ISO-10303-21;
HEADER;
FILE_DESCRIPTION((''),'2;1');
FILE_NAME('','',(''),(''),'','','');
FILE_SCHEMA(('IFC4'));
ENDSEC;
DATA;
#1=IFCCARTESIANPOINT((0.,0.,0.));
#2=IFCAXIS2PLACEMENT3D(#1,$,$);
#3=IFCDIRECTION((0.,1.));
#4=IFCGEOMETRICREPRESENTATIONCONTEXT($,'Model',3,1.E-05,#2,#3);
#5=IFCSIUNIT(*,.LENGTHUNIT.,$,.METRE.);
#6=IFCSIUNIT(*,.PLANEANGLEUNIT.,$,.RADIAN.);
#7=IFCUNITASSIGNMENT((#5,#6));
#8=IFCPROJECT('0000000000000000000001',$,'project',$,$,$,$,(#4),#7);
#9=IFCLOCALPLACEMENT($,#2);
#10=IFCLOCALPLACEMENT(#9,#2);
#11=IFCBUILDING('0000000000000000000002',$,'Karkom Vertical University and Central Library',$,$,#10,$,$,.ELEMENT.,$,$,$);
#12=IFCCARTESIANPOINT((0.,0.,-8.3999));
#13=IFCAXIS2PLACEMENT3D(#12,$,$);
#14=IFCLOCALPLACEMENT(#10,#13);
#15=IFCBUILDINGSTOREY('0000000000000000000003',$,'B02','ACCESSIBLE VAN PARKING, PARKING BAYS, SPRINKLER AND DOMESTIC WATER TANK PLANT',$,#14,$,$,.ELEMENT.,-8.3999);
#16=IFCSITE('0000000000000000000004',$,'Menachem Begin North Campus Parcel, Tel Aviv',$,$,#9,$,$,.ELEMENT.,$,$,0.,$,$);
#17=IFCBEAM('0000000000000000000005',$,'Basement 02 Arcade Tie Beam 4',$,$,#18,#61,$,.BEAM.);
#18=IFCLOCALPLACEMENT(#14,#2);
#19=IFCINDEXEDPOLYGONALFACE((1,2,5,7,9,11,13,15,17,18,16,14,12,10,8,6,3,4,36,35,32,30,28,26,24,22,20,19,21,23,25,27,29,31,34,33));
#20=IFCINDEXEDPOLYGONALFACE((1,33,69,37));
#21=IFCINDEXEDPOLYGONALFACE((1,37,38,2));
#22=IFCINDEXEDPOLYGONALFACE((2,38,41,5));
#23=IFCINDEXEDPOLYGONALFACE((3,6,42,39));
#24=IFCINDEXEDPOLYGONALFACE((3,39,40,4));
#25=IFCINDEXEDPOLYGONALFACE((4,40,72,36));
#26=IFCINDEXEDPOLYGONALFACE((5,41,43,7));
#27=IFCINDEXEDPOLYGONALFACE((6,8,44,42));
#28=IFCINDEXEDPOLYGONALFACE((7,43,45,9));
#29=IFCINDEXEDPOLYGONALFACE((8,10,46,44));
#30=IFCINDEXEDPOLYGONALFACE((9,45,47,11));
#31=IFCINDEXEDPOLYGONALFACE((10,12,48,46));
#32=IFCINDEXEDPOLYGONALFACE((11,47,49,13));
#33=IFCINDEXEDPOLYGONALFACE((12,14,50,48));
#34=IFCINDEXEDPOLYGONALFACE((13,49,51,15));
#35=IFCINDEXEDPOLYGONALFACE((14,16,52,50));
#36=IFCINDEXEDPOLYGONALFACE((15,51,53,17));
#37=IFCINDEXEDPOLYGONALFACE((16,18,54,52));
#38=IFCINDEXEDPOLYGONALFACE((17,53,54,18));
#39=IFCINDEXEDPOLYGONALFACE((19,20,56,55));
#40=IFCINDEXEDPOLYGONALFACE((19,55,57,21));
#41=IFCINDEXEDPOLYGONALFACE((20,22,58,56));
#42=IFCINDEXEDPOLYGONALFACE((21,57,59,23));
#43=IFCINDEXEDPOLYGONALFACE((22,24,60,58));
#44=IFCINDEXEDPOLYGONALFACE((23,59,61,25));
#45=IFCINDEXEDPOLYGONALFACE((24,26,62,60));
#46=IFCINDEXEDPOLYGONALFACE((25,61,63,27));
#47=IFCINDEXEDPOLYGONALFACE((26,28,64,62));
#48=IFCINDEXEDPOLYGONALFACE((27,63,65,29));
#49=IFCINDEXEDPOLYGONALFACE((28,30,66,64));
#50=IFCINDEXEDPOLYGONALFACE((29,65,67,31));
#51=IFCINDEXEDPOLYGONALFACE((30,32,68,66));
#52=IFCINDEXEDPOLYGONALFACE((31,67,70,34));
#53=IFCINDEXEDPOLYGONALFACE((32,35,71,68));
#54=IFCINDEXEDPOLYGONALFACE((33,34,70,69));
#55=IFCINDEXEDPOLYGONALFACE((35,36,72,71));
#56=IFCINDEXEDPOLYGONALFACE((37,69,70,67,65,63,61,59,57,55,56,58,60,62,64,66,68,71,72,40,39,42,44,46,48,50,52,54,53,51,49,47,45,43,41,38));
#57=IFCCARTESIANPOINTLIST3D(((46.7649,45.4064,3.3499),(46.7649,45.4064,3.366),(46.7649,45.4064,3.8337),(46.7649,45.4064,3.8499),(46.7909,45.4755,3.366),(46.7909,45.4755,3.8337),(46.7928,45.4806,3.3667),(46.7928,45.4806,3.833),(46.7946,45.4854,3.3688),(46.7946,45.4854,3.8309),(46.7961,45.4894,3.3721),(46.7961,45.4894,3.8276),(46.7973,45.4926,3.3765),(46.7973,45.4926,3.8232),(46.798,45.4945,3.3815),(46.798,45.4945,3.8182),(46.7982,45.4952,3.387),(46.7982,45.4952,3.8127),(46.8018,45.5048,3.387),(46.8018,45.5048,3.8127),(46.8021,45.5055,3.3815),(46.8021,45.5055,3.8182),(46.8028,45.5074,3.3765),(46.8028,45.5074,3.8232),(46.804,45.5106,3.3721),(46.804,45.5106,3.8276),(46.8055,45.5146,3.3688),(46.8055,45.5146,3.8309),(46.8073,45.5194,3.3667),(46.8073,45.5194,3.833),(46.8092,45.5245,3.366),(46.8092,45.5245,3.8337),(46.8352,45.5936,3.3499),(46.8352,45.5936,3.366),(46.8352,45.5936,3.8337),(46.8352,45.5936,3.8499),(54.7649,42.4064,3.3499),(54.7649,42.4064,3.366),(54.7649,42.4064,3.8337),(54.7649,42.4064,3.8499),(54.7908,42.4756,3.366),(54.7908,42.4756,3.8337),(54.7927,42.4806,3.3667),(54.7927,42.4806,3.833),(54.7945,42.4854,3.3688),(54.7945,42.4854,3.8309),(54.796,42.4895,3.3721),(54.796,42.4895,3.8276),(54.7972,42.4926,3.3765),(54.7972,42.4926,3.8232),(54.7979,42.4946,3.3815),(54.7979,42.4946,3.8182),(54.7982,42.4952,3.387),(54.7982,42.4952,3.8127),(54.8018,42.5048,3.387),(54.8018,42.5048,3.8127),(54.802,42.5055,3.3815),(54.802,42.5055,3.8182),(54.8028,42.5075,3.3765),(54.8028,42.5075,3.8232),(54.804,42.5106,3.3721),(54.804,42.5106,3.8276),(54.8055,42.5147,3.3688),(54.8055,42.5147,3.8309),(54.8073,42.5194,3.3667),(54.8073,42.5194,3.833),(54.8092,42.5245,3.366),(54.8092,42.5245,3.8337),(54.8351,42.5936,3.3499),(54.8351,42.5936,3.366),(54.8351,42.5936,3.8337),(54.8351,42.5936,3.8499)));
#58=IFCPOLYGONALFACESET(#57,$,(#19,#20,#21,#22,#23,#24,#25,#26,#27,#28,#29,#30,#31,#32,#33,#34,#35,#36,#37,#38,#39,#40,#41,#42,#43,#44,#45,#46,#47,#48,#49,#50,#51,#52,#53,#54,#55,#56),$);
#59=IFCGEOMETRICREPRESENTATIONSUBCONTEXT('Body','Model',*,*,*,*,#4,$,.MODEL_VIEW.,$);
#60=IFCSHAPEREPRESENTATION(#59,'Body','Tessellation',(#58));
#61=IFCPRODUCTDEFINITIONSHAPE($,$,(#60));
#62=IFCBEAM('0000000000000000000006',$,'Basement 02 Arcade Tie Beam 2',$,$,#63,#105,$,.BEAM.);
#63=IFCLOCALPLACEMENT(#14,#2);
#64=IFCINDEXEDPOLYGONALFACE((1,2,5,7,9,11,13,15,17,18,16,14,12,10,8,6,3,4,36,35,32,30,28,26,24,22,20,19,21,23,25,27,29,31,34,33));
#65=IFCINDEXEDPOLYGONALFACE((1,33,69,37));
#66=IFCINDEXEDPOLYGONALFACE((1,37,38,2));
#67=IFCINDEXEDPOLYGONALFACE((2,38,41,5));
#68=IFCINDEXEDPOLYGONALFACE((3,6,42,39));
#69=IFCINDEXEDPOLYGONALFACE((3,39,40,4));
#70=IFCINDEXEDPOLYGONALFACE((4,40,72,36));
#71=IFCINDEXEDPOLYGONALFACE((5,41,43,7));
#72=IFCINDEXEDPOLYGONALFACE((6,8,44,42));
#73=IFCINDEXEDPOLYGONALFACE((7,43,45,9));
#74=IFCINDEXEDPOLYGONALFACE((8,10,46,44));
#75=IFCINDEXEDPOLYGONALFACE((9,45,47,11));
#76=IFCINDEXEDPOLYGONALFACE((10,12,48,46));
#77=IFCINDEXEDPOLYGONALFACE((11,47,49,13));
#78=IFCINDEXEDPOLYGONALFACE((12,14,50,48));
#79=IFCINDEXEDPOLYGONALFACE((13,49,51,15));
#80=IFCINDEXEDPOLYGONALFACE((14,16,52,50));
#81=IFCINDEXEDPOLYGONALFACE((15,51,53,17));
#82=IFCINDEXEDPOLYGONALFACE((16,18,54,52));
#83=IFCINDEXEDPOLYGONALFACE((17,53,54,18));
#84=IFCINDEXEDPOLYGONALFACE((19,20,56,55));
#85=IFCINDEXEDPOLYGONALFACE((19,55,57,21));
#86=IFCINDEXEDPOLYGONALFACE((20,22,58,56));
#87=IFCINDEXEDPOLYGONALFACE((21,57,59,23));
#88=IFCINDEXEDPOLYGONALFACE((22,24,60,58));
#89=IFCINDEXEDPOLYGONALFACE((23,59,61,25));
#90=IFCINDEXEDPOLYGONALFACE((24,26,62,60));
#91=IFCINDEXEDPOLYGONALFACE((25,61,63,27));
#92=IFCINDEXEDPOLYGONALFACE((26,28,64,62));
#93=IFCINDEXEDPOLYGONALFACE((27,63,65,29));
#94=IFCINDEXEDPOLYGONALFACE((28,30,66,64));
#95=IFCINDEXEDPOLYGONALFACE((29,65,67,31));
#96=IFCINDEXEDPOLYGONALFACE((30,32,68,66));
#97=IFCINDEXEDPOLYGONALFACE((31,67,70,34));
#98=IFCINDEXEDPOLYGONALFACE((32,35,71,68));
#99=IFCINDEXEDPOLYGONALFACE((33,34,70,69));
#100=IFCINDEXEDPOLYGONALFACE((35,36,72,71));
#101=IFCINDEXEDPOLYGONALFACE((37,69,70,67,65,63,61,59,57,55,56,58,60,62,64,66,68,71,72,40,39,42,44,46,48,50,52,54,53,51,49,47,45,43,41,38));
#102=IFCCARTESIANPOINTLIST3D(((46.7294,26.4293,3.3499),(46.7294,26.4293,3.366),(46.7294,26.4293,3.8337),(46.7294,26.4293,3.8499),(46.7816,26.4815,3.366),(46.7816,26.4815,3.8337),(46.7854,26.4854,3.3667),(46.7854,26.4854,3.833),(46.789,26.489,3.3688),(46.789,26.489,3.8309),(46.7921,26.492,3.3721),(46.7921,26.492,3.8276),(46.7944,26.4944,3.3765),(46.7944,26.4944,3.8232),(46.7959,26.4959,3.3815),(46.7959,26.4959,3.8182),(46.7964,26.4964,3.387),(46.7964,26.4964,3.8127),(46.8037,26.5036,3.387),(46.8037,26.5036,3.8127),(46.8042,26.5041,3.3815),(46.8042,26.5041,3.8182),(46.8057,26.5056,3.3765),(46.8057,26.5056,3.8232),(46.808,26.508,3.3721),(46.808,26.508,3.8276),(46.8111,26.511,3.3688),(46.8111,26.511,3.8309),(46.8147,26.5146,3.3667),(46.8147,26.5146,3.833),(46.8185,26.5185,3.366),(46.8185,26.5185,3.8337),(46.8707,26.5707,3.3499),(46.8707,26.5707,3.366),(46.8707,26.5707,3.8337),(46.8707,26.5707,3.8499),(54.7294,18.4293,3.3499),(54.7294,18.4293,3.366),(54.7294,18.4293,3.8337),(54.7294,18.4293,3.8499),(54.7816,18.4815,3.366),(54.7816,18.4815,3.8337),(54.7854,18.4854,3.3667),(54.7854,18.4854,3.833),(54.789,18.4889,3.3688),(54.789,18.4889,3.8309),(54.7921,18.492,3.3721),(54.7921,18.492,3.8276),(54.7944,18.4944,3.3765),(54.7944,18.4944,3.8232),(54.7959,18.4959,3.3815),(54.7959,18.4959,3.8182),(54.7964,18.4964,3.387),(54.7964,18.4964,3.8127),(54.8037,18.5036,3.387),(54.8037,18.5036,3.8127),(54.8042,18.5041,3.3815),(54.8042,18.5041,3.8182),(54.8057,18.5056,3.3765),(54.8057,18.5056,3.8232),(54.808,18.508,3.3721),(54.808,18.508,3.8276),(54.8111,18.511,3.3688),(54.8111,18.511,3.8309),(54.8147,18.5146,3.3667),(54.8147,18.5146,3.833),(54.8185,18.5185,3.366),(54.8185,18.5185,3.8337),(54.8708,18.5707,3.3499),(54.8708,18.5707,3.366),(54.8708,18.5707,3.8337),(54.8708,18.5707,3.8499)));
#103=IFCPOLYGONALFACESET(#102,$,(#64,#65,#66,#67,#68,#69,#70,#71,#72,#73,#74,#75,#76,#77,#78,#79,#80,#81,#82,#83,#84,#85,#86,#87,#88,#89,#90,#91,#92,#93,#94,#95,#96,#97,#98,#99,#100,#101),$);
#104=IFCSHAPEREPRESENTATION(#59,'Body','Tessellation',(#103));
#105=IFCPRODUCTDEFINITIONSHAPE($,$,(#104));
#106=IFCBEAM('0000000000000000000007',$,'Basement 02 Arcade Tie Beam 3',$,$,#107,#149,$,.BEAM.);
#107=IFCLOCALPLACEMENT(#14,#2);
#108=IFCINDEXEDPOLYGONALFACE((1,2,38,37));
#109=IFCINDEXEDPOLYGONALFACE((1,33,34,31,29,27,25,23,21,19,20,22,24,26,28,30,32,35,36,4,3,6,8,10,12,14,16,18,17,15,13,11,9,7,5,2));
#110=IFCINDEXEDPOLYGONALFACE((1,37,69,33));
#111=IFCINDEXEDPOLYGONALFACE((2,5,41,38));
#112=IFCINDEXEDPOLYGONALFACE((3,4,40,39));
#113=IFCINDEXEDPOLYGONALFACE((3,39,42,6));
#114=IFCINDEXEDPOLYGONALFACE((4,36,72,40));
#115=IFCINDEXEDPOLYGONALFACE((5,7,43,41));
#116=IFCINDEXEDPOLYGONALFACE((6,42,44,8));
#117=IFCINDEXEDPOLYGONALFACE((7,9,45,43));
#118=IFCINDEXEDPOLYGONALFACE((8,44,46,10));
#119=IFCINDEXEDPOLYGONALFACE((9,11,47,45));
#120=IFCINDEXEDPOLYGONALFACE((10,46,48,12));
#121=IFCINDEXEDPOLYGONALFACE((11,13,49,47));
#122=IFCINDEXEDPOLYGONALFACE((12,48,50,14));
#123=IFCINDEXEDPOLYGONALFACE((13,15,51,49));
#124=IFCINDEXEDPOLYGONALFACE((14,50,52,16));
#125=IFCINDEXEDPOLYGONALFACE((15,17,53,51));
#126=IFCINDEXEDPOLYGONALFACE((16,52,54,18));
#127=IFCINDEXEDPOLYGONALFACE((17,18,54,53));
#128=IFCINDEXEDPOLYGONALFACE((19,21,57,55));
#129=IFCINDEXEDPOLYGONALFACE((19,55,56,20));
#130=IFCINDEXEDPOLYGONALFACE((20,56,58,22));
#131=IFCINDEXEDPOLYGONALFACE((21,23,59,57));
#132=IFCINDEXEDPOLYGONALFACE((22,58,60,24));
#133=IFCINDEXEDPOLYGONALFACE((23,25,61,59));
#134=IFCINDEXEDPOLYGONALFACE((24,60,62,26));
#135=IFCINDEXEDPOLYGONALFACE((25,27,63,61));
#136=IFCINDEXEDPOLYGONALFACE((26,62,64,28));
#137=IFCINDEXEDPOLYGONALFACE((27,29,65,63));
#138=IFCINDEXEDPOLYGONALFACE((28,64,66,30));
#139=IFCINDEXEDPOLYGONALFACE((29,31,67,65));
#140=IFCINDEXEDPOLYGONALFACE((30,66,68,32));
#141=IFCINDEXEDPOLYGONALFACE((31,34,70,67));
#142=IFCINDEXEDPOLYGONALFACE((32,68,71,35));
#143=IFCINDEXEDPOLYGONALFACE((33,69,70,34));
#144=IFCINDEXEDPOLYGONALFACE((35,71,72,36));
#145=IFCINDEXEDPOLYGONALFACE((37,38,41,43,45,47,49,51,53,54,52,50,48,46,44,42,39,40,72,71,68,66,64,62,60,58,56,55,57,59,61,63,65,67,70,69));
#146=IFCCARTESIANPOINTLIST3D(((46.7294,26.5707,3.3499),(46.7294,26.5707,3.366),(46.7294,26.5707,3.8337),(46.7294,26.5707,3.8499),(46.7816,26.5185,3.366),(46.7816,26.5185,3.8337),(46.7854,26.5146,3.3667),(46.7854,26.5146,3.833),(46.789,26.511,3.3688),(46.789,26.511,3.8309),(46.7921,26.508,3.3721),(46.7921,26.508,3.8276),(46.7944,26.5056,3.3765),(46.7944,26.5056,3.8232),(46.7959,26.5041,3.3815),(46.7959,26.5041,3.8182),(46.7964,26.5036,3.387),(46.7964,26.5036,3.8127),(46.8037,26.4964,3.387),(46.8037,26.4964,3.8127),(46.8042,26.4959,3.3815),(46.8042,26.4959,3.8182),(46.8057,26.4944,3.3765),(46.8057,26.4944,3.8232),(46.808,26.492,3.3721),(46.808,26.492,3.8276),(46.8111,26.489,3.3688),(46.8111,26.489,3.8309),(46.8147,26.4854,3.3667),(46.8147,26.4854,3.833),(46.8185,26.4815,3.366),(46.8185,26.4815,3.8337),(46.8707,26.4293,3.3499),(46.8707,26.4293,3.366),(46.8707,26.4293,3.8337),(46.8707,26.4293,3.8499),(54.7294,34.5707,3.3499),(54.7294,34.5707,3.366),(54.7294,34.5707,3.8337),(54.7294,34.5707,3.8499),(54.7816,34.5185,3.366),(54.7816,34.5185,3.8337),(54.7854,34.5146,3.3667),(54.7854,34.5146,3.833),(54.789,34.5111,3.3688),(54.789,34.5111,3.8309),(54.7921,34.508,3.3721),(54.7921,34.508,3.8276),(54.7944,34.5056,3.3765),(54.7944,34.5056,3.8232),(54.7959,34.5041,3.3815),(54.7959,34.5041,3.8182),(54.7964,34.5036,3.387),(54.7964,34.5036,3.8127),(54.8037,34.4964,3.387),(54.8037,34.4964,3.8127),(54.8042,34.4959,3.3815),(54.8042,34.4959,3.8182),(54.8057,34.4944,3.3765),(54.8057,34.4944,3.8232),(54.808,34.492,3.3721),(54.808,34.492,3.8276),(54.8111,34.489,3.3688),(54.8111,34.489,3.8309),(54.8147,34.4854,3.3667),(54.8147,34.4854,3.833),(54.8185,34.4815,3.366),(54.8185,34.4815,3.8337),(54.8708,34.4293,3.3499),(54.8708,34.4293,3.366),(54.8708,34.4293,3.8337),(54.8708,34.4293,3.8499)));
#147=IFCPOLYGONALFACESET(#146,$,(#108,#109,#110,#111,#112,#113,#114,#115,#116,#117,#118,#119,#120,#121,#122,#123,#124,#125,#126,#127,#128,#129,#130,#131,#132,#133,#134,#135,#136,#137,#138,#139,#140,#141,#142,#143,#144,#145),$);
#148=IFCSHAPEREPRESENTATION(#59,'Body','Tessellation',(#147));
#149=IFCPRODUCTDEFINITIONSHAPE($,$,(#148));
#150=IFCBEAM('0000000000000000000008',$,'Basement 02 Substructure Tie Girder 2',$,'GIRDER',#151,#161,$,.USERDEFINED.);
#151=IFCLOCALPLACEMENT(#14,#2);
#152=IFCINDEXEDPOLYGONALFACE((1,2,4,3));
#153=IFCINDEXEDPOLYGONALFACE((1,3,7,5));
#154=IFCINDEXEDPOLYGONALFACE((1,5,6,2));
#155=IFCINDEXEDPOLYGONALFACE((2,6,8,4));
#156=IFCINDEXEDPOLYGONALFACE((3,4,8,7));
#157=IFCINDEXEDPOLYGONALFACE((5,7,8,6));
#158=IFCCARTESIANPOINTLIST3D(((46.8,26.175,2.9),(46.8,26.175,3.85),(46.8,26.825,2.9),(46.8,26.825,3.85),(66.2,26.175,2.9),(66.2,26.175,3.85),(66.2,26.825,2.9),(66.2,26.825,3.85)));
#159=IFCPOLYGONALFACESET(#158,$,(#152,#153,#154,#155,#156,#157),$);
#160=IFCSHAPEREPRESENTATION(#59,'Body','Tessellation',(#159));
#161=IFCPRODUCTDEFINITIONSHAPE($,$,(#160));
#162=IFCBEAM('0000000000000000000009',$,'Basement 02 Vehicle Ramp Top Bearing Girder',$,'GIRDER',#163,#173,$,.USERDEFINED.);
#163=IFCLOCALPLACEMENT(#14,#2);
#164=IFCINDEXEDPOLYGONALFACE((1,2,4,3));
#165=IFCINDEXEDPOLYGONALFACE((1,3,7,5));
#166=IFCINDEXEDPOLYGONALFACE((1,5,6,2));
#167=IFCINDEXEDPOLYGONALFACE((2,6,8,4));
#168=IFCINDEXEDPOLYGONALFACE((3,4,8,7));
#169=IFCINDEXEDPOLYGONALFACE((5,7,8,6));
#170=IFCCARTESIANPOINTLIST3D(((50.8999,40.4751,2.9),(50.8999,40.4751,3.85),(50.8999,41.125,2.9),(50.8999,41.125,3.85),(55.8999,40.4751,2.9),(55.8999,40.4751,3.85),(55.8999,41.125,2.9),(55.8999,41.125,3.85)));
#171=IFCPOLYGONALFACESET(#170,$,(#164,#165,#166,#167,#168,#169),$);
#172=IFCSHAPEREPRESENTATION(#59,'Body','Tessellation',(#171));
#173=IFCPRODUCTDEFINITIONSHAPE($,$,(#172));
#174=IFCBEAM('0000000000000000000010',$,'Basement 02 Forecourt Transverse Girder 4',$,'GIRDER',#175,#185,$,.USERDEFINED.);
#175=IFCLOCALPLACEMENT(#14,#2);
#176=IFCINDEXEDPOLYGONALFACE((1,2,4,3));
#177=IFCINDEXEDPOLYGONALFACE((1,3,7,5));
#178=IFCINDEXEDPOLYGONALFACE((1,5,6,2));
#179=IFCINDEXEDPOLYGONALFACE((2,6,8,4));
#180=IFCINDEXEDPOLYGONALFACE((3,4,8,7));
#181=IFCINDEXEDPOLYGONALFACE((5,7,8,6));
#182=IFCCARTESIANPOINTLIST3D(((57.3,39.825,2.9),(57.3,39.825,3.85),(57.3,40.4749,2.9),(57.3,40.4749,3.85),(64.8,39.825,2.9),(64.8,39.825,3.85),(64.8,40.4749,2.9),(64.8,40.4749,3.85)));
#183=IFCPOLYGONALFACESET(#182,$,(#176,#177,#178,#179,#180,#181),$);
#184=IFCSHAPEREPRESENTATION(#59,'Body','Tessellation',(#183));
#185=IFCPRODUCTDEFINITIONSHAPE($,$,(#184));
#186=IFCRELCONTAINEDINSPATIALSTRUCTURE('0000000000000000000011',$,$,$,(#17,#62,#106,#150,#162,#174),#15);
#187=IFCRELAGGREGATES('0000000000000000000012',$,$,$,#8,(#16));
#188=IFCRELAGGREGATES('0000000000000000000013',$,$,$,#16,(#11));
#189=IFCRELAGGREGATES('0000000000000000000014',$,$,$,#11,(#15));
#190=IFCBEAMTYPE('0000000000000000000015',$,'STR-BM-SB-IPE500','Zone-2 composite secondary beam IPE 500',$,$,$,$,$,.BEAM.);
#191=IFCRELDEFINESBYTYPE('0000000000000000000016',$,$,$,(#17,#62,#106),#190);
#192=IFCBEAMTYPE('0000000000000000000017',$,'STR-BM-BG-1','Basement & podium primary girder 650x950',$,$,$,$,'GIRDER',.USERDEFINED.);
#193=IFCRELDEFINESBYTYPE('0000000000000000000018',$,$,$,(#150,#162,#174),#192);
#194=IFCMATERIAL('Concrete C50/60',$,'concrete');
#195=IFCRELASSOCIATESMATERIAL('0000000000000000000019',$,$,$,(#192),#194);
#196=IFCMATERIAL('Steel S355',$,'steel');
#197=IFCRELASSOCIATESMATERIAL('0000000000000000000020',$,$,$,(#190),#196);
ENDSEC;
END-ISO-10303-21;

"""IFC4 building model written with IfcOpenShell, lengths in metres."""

from ifc_helpers import new_model, si_unit, direction, frame, origin, origin_with_axes, origin_2d, place, context, subcontext, project, spatial, rectangle, i_section, extrude, source, transform, mapped, material, material_profile, profile_set, type_object, element, save


model = new_model("IFC4")

# Units and contexts
model_context = context("Model", 3, precision=1e-05, world=origin(), true_north=direction((0.0, 1.0)))
body_context = subcontext(model_context, "Body", "Model", "MODEL_VIEW")
ifc_project = project(units=[si_unit("LENGTHUNIT", "METRE"), si_unit("PLANEANGLEUNIT", "RADIAN")], contexts=[model_context])

# Site, building, storey
site_placement = place(None, origin())
site = spatial("IfcSite", under=ifc_project, at=site_placement, Name="Menachem Begin North Campus Parcel, Tel Aviv", CompositionType="ELEMENT", RefElevation=0.0)
building_placement = place(site_placement, origin())
building = spatial("IfcBuilding", under=site, at=building_placement, Name="Karkom Vertical University and Central Library", CompositionType="ELEMENT")
storey_placement = place(building_placement, frame((0.0, 0.0, -8.3999)))
storey = spatial("IfcBuildingStorey", under=building, at=storey_placement, Name="B02", Description="ACCESSIBLE VAN PARKING, PARKING BAYS, SPRINKLER AND DOMESTIC WATER TANK PLANT", CompositionType="ELEMENT", Elevation=-8.3999)

# Shared definitions
ifc_material_1 = material(Name="Concrete C50/60", Category="concrete")

# Beams
ifc_material_profile_1 = material_profile(ifc_material_1, rectangle(XDim=0.6499, YDim=0.95, at=origin_2d()), Name="RCG-650x950")
ifc_profile_set_1 = profile_set([ifc_material_profile_1], Name="Concrete C50/60")
beam_type_1 = type_object("IfcBeamType", Name="STR-BM-BG-1", Description="Basement & podium primary girder 650x950", ElementType="GIRDER", PredefinedType="USERDEFINED", material=ifc_profile_set_1)
ifc_material_2 = material(Name="Steel S355", Category="steel")
ifc_material_profile_2 = material_profile(ifc_material_2, i_section(OverallWidth=0.2, OverallDepth=0.5, WebThickness=0.0103, FlangeThickness=0.0161, FilletRadius=0.021, at=origin_2d()), Name="IPE 500")
ifc_profile_set_2 = profile_set([ifc_material_profile_2], Name="Steel S355")
beam_type_2 = type_object("IfcBeamType", Name="STR-BM-SB-IPE500", Description="Zone-2 composite secondary beam IPE 500", PredefinedType="BEAM", material=ifc_profile_set_2)
shared_shape_1 = source(origin_with_axes(), body_context, "Body", "SweptSolid", [
    extrude(i_section(OverallWidth=0.2, OverallDepth=0.5, WebThickness=0.0103, FlangeThickness=0.0161, FilletRadius=0.021, at=origin_2d()), origin(), (0.0, 0.0, 1.0), 8.5439),
])
beam_1_placement = place(storey_placement, frame((46.8, 45.5, 3.5999), z_axis=(0.936329, -0.351123, 0.0), x_axis=(0.351123, 0.936329, 0.0)))
element("IfcBeam", 1, at=beam_1_placement, inside=storey, type_object=beam_type_2, Name="Basement 02 Arcade Tie Beam 4", PredefinedType="BEAM", context=body_context, shape_type="MappedRepresentation", body=[
    mapped(shared_shape_1, transform((0.0, 0.0, 0.0), scale=1.0)),
])
shared_shape_2 = source(origin_with_axes(), body_context, "Body", "SweptSolid", [
    extrude(i_section(OverallWidth=0.2, OverallDepth=0.5, WebThickness=0.0103, FlangeThickness=0.0161, FilletRadius=0.021, at=origin_2d()), origin(), (0.0, 0.0, 1.0), 11.3137),
])
for number, where, z_axis, x_axis, name in (
    (2, (46.8, 26.5, 3.5999), (0.707107, -0.707107, 0.0), (0.707107, 0.707107, 0.0), "Basement 02 Arcade Tie Beam 2"),
    (3, (46.8, 26.5, 3.5999), (0.707107, 0.707107, 0.0), (-0.707107, 0.707107, 0.0), "Basement 02 Arcade Tie Beam 3"),
):
    element("IfcBeam", number, at=place(storey_placement, frame(where, z_axis=z_axis, x_axis=x_axis)), inside=storey, type_object=beam_type_2, Name=name, PredefinedType="BEAM", context=body_context, shape_type="MappedRepresentation", body=[
        mapped(shared_shape_2, transform((0.0, 0.0, 0.0), scale=1.0)),
    ])
shared_shape_3 = source(origin_with_axes(), body_context, "Body", "SweptSolid", [
    extrude(rectangle(XDim=0.6499, YDim=0.95, at=origin_2d()), origin(), (0.0, 0.0, 1.0), 19.3999),
])
beam_2_placement = place(storey_placement, frame((46.8, 26.5, 3.375), z_axis=(1.0, 0.0, 0.0), x_axis=(0.0, 1.0, 0.0)))
element("IfcBeam", 4, at=beam_2_placement, inside=storey, type_object=beam_type_1, Name="Basement 02 Substructure Tie Girder 2", ObjectType="GIRDER", PredefinedType="USERDEFINED", context=body_context, shape_type="MappedRepresentation", body=[
    mapped(shared_shape_3, transform((0.0, 0.0, 0.0), scale=1.0)),
])
shared_shape_4 = source(origin_with_axes(), body_context, "Body", "SweptSolid", [
    extrude(rectangle(XDim=0.6499, YDim=0.95, at=origin_2d()), origin(), (0.0, 0.0, 1.0), 5.0),
])
beam_3_placement = place(storey_placement, frame((50.8999, 40.8, 3.375), z_axis=(1.0, 0.0, 0.0), x_axis=(0.0, 1.0, 0.0)))
element("IfcBeam", 5, at=beam_3_placement, inside=storey, type_object=beam_type_1, Name="Basement 02 Vehicle Ramp Top Bearing Girder", ObjectType="GIRDER", PredefinedType="USERDEFINED", context=body_context, shape_type="MappedRepresentation", body=[
    mapped(shared_shape_4, transform((0.0, 0.0, 0.0), scale=1.0)),
])
shared_shape_5 = source(origin_with_axes(), body_context, "Body", "SweptSolid", [
    extrude(rectangle(XDim=0.6499, YDim=0.95, at=origin_2d()), origin(), (0.0, 0.0, 1.0), 7.5),
])
for number, where, z_axis, x_axis, name in (
    (6, (57.3, 40.1499, 3.375), (1.0, 0.0, 0.0), (0.0, 1.0, 0.0), "Basement 02 Forecourt Transverse Girder 4"),
):
    element("IfcBeam", number, at=place(storey_placement, frame(where, z_axis=z_axis, x_axis=x_axis)), inside=storey, type_object=beam_type_1, Name=name, ObjectType="GIRDER", PredefinedType="USERDEFINED", context=body_context, shape_type="MappedRepresentation", body=[
        mapped(shared_shape_5, transform((0.0, 0.0, 0.0), scale=1.0)),
    ])

save(model, "model.ifc")
